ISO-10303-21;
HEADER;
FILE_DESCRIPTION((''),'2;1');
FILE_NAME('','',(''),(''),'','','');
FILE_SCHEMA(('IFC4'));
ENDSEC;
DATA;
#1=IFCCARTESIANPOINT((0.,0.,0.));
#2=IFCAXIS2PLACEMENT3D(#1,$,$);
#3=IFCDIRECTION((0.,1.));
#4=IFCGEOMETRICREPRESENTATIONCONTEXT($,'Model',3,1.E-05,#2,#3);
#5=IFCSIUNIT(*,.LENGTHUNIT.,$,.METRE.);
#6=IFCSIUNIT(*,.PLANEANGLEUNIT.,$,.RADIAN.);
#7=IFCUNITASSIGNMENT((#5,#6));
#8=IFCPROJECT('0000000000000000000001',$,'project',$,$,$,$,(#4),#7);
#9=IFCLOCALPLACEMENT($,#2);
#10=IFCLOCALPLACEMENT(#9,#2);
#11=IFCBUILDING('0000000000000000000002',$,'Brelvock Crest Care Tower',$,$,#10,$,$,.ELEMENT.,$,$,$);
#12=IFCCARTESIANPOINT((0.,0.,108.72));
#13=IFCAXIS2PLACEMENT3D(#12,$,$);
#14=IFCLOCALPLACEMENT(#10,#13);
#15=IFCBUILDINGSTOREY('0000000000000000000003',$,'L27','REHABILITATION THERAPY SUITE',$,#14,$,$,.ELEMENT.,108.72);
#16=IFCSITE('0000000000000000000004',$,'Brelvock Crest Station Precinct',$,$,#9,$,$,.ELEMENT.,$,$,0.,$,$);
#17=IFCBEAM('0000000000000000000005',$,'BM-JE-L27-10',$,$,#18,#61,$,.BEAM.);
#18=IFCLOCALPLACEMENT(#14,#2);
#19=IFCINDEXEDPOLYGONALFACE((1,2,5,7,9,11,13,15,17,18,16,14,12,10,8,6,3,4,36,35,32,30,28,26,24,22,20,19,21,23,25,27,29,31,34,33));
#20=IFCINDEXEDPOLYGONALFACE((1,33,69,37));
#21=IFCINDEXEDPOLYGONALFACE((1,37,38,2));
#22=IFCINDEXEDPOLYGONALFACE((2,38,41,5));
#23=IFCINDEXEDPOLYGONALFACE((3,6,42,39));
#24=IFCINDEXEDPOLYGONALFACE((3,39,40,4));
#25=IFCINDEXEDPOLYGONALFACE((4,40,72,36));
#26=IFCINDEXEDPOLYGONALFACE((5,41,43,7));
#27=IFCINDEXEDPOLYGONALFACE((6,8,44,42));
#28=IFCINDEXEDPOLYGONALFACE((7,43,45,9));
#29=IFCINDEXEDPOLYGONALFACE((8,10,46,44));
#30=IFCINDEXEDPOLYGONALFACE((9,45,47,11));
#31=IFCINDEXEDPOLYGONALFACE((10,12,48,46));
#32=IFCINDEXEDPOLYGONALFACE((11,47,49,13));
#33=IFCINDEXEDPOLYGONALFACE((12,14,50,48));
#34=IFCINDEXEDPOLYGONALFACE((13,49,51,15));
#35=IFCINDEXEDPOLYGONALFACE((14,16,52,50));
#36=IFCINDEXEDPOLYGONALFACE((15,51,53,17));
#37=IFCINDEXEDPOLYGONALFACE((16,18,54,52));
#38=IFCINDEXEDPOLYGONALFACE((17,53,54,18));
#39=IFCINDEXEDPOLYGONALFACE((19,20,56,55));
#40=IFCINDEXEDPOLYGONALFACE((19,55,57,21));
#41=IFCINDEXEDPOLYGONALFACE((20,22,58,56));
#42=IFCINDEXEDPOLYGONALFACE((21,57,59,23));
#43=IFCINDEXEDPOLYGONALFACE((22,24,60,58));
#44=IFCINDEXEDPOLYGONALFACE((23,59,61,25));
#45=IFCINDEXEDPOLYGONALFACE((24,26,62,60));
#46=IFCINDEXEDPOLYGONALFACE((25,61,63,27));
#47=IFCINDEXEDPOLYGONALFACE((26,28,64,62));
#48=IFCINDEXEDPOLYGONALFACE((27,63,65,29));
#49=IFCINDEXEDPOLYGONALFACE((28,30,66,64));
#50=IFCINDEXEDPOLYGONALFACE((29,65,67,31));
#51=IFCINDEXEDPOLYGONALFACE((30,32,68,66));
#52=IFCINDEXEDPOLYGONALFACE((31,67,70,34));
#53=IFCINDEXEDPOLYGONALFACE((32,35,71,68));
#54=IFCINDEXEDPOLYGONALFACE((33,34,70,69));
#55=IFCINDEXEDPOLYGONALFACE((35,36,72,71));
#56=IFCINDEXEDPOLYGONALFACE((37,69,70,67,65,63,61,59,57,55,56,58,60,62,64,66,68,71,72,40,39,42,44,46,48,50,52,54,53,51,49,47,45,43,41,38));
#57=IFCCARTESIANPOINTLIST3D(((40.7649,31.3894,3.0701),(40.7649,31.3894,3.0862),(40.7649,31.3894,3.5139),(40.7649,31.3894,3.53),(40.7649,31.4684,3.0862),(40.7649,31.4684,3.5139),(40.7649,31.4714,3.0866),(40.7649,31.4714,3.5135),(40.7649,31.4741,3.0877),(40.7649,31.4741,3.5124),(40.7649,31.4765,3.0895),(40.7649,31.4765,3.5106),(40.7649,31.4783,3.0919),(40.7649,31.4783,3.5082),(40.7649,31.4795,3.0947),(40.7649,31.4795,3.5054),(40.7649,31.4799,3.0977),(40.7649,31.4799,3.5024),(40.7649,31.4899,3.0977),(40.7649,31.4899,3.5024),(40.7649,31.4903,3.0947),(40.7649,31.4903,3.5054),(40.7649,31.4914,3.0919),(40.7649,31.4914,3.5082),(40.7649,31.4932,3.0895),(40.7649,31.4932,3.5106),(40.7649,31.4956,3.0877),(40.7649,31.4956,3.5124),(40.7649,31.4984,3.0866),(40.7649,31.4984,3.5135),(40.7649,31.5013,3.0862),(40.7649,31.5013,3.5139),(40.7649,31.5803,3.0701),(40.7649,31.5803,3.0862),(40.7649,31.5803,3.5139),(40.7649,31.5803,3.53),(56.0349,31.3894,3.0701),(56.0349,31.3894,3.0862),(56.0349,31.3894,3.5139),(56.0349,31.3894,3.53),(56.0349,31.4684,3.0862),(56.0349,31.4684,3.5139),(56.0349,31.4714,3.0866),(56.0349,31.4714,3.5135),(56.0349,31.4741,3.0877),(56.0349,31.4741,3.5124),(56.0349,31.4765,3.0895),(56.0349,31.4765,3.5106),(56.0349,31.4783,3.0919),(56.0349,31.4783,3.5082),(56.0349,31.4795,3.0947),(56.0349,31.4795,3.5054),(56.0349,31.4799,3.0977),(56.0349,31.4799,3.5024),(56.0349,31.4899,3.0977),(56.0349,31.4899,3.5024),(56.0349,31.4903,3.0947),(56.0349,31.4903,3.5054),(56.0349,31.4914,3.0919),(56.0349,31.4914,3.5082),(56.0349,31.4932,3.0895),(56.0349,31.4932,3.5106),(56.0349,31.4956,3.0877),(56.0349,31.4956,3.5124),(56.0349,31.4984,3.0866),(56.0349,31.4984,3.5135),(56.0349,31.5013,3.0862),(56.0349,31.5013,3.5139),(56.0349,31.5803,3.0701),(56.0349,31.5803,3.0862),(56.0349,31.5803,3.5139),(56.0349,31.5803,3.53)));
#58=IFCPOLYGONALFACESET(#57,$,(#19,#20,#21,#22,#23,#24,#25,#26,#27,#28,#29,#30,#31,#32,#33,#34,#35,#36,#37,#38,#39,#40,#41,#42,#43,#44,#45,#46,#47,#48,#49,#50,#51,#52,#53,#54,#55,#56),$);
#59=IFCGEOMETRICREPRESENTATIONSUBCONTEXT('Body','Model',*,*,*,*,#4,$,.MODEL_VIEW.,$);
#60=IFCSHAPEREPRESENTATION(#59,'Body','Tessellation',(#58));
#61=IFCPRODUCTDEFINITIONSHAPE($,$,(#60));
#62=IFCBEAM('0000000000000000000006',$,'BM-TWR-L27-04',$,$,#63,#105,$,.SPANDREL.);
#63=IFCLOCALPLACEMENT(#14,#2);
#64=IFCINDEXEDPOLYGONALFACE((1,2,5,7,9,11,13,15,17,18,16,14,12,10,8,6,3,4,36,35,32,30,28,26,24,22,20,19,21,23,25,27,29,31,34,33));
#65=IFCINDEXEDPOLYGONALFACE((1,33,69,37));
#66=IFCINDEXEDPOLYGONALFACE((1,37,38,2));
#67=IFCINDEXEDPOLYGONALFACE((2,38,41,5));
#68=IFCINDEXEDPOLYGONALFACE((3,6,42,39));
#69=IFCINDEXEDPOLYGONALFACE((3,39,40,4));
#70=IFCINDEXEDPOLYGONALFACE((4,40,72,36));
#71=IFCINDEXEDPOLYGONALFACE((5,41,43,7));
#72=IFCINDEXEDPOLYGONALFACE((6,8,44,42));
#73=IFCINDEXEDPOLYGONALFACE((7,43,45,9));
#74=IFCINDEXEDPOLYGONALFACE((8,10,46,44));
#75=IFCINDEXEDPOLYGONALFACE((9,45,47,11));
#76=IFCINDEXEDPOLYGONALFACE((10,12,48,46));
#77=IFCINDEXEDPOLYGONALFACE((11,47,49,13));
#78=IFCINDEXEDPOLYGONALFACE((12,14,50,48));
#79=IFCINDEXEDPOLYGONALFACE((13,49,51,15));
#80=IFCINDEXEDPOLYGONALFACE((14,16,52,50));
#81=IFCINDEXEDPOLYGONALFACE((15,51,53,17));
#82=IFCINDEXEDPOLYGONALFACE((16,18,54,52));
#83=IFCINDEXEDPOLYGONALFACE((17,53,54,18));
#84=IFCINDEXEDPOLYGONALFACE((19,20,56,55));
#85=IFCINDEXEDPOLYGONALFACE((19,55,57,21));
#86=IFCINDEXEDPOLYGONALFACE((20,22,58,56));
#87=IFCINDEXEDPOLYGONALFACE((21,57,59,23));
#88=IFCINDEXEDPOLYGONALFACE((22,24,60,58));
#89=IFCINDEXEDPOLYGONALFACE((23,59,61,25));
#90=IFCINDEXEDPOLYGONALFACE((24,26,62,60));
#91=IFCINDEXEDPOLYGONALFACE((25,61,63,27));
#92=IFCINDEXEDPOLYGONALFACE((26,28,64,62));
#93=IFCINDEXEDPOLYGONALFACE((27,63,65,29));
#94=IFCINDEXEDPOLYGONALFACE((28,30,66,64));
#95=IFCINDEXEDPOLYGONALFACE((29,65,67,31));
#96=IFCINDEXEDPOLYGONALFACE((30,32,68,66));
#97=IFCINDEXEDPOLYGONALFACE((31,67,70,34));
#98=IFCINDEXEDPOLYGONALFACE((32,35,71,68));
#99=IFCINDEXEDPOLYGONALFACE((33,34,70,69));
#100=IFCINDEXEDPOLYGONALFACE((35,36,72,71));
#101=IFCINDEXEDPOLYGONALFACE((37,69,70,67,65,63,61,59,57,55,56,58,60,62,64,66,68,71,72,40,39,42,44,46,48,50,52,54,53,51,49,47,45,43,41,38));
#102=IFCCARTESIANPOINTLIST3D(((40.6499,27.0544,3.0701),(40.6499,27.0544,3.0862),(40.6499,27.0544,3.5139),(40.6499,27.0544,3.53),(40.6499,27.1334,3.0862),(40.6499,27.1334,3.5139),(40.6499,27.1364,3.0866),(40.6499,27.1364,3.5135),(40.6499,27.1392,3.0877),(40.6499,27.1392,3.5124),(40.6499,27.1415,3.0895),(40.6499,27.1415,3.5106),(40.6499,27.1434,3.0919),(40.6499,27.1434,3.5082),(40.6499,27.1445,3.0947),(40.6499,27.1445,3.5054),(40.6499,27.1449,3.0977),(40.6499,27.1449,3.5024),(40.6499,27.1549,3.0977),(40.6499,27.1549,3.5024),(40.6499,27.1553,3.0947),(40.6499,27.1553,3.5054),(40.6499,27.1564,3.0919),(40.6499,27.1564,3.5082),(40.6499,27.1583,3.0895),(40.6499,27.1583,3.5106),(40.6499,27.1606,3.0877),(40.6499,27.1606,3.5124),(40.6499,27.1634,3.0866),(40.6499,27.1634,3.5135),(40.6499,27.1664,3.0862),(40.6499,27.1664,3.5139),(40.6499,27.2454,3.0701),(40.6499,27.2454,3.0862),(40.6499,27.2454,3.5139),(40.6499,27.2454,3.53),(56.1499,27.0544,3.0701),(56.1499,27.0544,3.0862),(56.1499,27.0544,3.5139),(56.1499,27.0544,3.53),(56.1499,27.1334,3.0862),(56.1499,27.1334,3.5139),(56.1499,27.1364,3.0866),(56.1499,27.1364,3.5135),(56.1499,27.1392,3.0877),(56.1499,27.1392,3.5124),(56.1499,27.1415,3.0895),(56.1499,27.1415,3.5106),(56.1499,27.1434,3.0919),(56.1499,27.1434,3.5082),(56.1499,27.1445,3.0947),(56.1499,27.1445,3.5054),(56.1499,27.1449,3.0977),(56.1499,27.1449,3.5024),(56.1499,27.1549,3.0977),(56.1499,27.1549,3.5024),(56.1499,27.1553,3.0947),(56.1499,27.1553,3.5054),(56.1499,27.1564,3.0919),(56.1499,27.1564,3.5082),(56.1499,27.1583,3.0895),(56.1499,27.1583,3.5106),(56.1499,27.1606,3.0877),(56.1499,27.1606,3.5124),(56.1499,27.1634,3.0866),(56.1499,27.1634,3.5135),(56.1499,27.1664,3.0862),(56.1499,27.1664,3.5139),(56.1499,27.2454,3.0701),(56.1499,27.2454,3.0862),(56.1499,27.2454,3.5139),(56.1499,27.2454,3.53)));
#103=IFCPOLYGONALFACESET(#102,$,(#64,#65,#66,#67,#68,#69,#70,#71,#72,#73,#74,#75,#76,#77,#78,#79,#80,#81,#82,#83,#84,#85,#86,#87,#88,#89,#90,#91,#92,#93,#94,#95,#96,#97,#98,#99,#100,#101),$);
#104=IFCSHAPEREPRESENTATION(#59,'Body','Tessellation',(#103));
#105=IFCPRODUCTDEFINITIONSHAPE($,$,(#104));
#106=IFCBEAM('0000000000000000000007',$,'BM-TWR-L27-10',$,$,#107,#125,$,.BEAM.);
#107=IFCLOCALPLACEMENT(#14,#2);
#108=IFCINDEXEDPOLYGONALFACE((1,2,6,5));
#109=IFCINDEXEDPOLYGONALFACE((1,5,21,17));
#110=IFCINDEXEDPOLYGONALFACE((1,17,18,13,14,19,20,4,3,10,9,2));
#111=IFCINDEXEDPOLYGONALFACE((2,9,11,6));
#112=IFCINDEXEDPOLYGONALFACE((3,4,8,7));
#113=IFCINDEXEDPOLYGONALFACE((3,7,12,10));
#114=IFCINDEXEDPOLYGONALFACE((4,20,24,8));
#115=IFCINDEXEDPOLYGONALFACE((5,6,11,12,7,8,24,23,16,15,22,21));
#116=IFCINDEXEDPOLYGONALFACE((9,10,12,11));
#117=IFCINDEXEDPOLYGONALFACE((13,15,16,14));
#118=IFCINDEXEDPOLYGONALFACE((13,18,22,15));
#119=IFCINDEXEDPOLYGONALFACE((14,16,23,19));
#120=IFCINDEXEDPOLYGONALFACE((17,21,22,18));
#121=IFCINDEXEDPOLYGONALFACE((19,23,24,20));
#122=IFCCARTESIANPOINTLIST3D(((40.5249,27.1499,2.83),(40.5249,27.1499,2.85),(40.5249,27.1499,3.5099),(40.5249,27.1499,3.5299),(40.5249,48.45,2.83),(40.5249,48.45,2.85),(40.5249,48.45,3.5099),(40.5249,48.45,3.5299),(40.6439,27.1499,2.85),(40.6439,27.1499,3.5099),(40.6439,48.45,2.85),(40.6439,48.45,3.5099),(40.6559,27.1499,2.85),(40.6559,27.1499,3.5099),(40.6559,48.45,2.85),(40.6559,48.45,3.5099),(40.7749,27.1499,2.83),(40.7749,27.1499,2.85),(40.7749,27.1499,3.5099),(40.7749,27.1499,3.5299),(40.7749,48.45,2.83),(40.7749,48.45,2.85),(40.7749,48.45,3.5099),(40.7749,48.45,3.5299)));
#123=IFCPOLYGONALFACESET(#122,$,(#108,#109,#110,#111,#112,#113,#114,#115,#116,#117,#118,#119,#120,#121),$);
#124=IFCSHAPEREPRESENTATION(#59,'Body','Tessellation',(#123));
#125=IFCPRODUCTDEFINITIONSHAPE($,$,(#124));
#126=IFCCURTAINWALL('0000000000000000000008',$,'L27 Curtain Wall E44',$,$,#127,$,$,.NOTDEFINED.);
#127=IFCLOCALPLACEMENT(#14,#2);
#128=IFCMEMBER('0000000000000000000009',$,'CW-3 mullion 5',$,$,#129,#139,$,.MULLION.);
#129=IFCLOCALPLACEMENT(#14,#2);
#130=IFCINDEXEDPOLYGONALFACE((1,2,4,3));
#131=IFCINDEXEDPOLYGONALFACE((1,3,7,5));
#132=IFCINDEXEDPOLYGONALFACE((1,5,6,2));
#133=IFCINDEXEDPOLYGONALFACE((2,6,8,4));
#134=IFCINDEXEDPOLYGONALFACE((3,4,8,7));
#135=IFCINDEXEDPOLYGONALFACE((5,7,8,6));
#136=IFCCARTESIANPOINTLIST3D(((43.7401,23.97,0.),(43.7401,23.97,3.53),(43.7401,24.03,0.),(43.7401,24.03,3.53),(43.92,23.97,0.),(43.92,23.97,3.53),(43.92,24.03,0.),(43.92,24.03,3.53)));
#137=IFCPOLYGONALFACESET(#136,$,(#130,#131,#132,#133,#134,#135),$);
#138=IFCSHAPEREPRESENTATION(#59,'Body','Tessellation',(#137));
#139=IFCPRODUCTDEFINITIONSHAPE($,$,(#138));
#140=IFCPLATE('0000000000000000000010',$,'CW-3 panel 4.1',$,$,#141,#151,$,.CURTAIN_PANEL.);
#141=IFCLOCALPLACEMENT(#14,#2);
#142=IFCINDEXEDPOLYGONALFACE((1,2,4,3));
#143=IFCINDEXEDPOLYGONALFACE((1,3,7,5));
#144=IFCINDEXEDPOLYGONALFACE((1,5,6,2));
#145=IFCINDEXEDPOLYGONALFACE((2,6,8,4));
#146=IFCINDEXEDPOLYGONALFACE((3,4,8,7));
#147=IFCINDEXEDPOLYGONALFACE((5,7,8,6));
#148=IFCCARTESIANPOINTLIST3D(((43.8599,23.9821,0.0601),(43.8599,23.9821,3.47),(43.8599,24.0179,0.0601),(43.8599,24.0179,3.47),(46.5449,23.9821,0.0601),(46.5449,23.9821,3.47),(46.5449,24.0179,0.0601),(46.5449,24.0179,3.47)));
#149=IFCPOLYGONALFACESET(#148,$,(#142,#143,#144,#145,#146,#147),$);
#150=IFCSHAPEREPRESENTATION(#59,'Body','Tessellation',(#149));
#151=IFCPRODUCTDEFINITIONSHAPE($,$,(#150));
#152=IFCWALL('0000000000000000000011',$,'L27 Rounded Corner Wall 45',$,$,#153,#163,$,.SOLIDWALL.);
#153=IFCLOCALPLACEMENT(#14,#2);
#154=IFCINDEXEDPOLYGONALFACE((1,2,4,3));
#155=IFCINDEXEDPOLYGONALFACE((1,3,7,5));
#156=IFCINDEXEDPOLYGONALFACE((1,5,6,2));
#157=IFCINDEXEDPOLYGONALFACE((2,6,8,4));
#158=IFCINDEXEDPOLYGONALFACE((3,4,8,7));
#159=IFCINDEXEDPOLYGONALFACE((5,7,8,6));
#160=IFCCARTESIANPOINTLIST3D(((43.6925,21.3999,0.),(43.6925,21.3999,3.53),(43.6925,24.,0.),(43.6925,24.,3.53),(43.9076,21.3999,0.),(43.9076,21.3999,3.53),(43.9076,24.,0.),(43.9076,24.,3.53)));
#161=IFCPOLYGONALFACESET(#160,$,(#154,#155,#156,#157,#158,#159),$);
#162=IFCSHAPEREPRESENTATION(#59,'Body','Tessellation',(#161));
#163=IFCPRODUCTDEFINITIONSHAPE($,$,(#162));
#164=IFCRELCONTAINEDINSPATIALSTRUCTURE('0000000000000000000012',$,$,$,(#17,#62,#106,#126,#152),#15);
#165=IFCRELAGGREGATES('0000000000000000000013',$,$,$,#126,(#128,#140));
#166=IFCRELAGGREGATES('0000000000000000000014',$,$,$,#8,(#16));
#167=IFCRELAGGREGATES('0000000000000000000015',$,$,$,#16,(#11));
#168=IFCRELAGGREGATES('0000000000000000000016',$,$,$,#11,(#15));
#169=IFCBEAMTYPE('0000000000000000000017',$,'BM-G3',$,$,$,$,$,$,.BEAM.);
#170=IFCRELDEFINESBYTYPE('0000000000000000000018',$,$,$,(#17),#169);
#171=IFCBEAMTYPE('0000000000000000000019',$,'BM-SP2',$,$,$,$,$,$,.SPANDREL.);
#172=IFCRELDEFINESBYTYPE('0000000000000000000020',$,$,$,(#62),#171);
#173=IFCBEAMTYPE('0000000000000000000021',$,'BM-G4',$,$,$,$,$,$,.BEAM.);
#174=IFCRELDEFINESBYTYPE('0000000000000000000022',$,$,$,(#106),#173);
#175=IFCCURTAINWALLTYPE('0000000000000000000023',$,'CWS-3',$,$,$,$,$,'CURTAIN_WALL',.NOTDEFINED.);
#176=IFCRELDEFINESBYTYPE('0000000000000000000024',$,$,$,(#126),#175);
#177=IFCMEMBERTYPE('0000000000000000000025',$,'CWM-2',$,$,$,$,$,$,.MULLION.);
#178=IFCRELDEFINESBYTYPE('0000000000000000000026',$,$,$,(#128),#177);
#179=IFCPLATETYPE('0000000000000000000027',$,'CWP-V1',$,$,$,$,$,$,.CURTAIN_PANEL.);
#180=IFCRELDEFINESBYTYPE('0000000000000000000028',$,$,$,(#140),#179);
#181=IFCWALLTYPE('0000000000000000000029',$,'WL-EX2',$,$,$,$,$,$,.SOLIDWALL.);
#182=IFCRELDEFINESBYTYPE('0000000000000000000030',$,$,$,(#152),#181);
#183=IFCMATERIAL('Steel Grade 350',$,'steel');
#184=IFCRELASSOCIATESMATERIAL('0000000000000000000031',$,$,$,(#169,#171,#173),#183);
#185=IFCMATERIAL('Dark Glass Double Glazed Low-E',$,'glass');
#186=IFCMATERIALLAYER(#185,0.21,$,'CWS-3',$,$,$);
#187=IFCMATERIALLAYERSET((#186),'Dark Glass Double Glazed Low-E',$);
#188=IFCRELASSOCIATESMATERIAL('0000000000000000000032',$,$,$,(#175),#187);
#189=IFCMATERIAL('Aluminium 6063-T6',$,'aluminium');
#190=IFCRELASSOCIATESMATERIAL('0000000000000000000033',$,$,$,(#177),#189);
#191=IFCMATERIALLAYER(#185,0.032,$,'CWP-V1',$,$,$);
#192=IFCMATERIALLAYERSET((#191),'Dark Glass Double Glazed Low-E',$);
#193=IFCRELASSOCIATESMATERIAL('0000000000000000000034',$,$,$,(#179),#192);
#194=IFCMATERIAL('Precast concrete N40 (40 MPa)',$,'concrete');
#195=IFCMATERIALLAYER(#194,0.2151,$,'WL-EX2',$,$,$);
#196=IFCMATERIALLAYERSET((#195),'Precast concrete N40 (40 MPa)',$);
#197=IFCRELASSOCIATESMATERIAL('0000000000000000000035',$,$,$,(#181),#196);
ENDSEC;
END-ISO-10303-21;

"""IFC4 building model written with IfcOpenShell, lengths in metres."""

from ifc_helpers import new_model, si_unit, direction, frame, frame_2d, origin, origin_2d, place, context, subcontext, project, spatial, rectangle, i_section, extrude, source, transform, mapped, material, layer, layer_set, material_profile, profile_set, type_object, element, aggregate, save


model = new_model("IFC4")

# Units and contexts
model_context = context("Model", 3, precision=1e-05, world=origin(), true_north=direction((0.0, 1.0)))
body_context = subcontext(model_context, "Body", "Model", "MODEL_VIEW")
ifc_project = project(units=[si_unit("LENGTHUNIT", "METRE"), si_unit("PLANEANGLEUNIT", "RADIAN")], contexts=[model_context])

# Site, building, storey
site_placement = place(None, origin())
site = spatial("IfcSite", under=ifc_project, at=site_placement, Name="Brelvock Crest Station Precinct", CompositionType="ELEMENT", RefElevation=0.0)
building_placement = place(site_placement, origin())
building = spatial("IfcBuilding", under=site, at=building_placement, Name="Brelvock Crest Care Tower", CompositionType="ELEMENT")
storey_placement = place(building_placement, frame((0.0, 0.0, 108.72)))
storey = spatial("IfcBuildingStorey", under=building, at=storey_placement, Name="L27", Description="REHABILITATION THERAPY SUITE", CompositionType="ELEMENT", Elevation=108.72)

# Shared definitions
ifc_material_1 = material(Name="Steel Grade 350", Category="steel")

# Beams
ifc_material_profile_1 = material_profile(ifc_material_1, i_section(OverallWidth=0.1909, OverallDepth=0.46, WebThickness=0.01, FlangeThickness=0.0161, FilletRadius=0.0115, at=origin_2d()), Name="460UB82.1")
ifc_profile_set_1 = profile_set([ifc_material_profile_1], Name="Steel Grade 350")
beam_type_1 = type_object("IfcBeamType", Name="BM-G3", PredefinedType="BEAM", material=ifc_profile_set_1)
shared_shape_1 = source(origin(), body_context, "Body", "SweptSolid", [
    extrude(i_section(OverallWidth=0.1909, OverallDepth=0.46, WebThickness=0.01, FlangeThickness=0.0161, FilletRadius=0.0115, at=origin_2d()), origin(), (0.0, 0.0, 1.0), 15.27),
])
for number, where, z_axis, x_axis, name in (
    (1, (40.7649, 31.4849, 3.3), (1.0, 0.0, 0.0), (0.0, 1.0, 0.0), "BM-JE-L27-10"),
):
    element("IfcBeam", number, at=place(storey_placement, frame(where, z_axis=z_axis, x_axis=x_axis)), inside=storey, type_object=beam_type_1, Name=name, PredefinedType="BEAM", context=body_context, shape_type="MappedRepresentation", body=[
        mapped(shared_shape_1, transform((0.0, 0.0, 0.0), x_axis=(1.0, 0.0, 0.0), y_axis=(0.0, 1.0, 0.0), z_axis=(0.0, 0.0, 1.0), scale=1.0)),
    ])
ifc_material_profile_2 = material_profile(ifc_material_1, i_section(OverallWidth=0.1909, OverallDepth=0.46, WebThickness=0.01, FlangeThickness=0.0161, FilletRadius=0.0115, at=origin_2d()), Name="460UB82.1")
ifc_profile_set_2 = profile_set([ifc_material_profile_2], Name="Steel Grade 350")
beam_type_2 = type_object("IfcBeamType", Name="BM-SP2", PredefinedType="SPANDREL", material=ifc_profile_set_2)
shared_shape_2 = source(origin(), body_context, "Body", "SweptSolid", [
    extrude(i_section(OverallWidth=0.1909, OverallDepth=0.46, WebThickness=0.01, FlangeThickness=0.0161, FilletRadius=0.0115, at=origin_2d()), origin(), (0.0, 0.0, 1.0), 15.5),
])
beam_1_placement = place(storey_placement, frame((40.6499, 27.1499, 3.3), z_axis=(1.0, 0.0, 0.0), x_axis=(0.0, 1.0, 0.0)))
element("IfcBeam", 2, at=beam_1_placement, inside=storey, type_object=beam_type_2, Name="BM-TWR-L27-04", PredefinedType="SPANDREL", context=body_context, shape_type="MappedRepresentation", body=[
    mapped(shared_shape_2, transform((0.0, 0.0, 0.0), x_axis=(1.0, 0.0, 0.0), y_axis=(0.0, 1.0, 0.0), z_axis=(0.0, 0.0, 1.0), scale=1.0)),
])
ifc_material_profile_3 = material_profile(ifc_material_1, i_section(OverallWidth=0.25, OverallDepth=0.7, WebThickness=0.012, FlangeThickness=0.02, at=origin_2d()), Name="700WB150")
ifc_profile_set_3 = profile_set([ifc_material_profile_3], Name="Steel Grade 350")
beam_type_3 = type_object("IfcBeamType", Name="BM-G4", PredefinedType="BEAM", material=ifc_profile_set_3)
shared_shape_3 = source(origin(), body_context, "Body", "SweptSolid", [
    extrude(i_section(OverallWidth=0.25, OverallDepth=0.7, WebThickness=0.012, FlangeThickness=0.02, at=origin_2d()), origin(), (0.0, 0.0, 1.0), 21.3),
])
beam_2_placement = place(storey_placement, frame((40.6499, 27.1499, 3.1799), z_axis=(0.0, 1.0, 0.0), x_axis=(-1.0, 0.0, 0.0)))
element("IfcBeam", 3, at=beam_2_placement, inside=storey, type_object=beam_type_3, Name="BM-TWR-L27-10", PredefinedType="BEAM", context=body_context, shape_type="MappedRepresentation", body=[
    mapped(shared_shape_3, transform((0.0, 0.0, 0.0), x_axis=(1.0, 0.0, 0.0), y_axis=(0.0, 1.0, 0.0), z_axis=(0.0, 0.0, 1.0), scale=1.0)),
])

# Curtain wall, member, plate
ifc_material_2 = material(Name="Dark Glass Double Glazed Low-E", Category="glass")
ifc_layer_1 = layer(ifc_material_2, 0.21, Name="CWS-3")
ifc_layer_set_1 = layer_set([ifc_layer_1], Name="Dark Glass Double Glazed Low-E")
curtain_wall_type = type_object("IfcCurtainWallType", Name="CWS-3", ElementType="CURTAIN_WALL", PredefinedType="NOTDEFINED", material=ifc_layer_set_1)
curtain_wall_placement = place(storey_placement, origin())
curtain_wall = element("IfcCurtainWall", 4, at=curtain_wall_placement, inside=storey, type_object=curtain_wall_type, Name="L27 Curtain Wall E44", PredefinedType="NOTDEFINED")
ifc_material_3 = material(Name="Aluminium 6063-T6", Category="aluminium")
ifc_material_profile_4 = material_profile(ifc_material_3, rectangle(XDim=0.0601, YDim=0.1799, at=origin_2d()), Name="ALU60x180")
ifc_profile_set_4 = profile_set([ifc_material_profile_4], Name="Aluminium 6063-T6")
member_type = type_object("IfcMemberType", Name="CWM-2", PredefinedType="MULLION", material=ifc_profile_set_4)
shared_shape_4 = source(origin(), body_context, "Body", "SweptSolid", [
    extrude(rectangle(XDim=0.0601, YDim=0.1799, at=origin_2d()), origin(), (0.0, 0.0, 1.0), 3.53),
])
member_placement = place(storey_placement, frame((43.8301, 24.0, 0.0), z_axis=(0.0, 0.0, 1.0), x_axis=(0.0, -1.0, 0.0)))
member = element("IfcMember", 5, at=member_placement, type_object=member_type, Name="CW-3 mullion 5", PredefinedType="MULLION", context=body_context, shape_type="MappedRepresentation", body=[
    mapped(shared_shape_4, transform((0.0, 0.0, 0.0), x_axis=(1.0, 0.0, 0.0), y_axis=(0.0, 1.0, 0.0), z_axis=(0.0, 0.0, 1.0), scale=1.0)),
])
ifc_layer_2 = layer(ifc_material_2, 0.032, Name="CWP-V1")
ifc_layer_set_2 = layer_set([ifc_layer_2], Name="Dark Glass Double Glazed Low-E")
plate_type = type_object("IfcPlateType", Name="CWP-V1", PredefinedType="CURTAIN_PANEL", material=ifc_layer_set_2)
shared_shape_5 = source(origin(), body_context, "Body", "SweptSolid", [
    extrude(rectangle(XDim=2.6851, YDim=0.0359, at=origin_2d()), origin(), (0.0, 0.0, 1.0), 3.4099),
])
plate_placement = place(storey_placement, frame((45.2024, 24.0, 0.0601), z_axis=(0.0, 0.0, 1.0), x_axis=(-1.0, 0.0, 0.0)))
plate = element("IfcPlate", 6, at=plate_placement, type_object=plate_type, Name="CW-3 panel 4.1", PredefinedType="CURTAIN_PANEL", context=body_context, shape_type="MappedRepresentation", body=[
    mapped(shared_shape_5, transform((0.0, 0.0, 0.0), x_axis=(1.0, 0.0, 0.0), y_axis=(0.0, 1.0, 0.0), z_axis=(0.0, 0.0, 1.0), scale=1.0)),
])
aggregate(curtain_wall, [member, plate])

# Wall
ifc_material_4 = material(Name="Precast concrete N40 (40 MPa)", Category="concrete")
ifc_layer_3 = layer(ifc_material_4, 0.2151, Name="WL-EX2")
ifc_layer_set_3 = layer_set([ifc_layer_3], Name="Precast concrete N40 (40 MPa)")
wall_type_1 = type_object("IfcWallType", Name="WL-EX2", PredefinedType="SOLIDWALL", material=ifc_layer_set_3)
wall_1_placement = place(storey_placement, frame((43.8, 24.0, 0.0), z_axis=(0.0, 0.0, 1.0), x_axis=(0.0, -1.0, 0.0)))
element("IfcWall", 7, at=wall_1_placement, inside=storey, type_object=wall_type_1, Name="L27 Rounded Corner Wall 45", PredefinedType="SOLIDWALL", context=body_context, shape_type="SweptSolid", body=[
    extrude(rectangle(XDim=2.6001, YDim=0.2151, at=frame_2d((1.3, 0.0))), origin(), (0.0, 0.0, 1.0), 3.53),
])

save(model, "model.ifc")
